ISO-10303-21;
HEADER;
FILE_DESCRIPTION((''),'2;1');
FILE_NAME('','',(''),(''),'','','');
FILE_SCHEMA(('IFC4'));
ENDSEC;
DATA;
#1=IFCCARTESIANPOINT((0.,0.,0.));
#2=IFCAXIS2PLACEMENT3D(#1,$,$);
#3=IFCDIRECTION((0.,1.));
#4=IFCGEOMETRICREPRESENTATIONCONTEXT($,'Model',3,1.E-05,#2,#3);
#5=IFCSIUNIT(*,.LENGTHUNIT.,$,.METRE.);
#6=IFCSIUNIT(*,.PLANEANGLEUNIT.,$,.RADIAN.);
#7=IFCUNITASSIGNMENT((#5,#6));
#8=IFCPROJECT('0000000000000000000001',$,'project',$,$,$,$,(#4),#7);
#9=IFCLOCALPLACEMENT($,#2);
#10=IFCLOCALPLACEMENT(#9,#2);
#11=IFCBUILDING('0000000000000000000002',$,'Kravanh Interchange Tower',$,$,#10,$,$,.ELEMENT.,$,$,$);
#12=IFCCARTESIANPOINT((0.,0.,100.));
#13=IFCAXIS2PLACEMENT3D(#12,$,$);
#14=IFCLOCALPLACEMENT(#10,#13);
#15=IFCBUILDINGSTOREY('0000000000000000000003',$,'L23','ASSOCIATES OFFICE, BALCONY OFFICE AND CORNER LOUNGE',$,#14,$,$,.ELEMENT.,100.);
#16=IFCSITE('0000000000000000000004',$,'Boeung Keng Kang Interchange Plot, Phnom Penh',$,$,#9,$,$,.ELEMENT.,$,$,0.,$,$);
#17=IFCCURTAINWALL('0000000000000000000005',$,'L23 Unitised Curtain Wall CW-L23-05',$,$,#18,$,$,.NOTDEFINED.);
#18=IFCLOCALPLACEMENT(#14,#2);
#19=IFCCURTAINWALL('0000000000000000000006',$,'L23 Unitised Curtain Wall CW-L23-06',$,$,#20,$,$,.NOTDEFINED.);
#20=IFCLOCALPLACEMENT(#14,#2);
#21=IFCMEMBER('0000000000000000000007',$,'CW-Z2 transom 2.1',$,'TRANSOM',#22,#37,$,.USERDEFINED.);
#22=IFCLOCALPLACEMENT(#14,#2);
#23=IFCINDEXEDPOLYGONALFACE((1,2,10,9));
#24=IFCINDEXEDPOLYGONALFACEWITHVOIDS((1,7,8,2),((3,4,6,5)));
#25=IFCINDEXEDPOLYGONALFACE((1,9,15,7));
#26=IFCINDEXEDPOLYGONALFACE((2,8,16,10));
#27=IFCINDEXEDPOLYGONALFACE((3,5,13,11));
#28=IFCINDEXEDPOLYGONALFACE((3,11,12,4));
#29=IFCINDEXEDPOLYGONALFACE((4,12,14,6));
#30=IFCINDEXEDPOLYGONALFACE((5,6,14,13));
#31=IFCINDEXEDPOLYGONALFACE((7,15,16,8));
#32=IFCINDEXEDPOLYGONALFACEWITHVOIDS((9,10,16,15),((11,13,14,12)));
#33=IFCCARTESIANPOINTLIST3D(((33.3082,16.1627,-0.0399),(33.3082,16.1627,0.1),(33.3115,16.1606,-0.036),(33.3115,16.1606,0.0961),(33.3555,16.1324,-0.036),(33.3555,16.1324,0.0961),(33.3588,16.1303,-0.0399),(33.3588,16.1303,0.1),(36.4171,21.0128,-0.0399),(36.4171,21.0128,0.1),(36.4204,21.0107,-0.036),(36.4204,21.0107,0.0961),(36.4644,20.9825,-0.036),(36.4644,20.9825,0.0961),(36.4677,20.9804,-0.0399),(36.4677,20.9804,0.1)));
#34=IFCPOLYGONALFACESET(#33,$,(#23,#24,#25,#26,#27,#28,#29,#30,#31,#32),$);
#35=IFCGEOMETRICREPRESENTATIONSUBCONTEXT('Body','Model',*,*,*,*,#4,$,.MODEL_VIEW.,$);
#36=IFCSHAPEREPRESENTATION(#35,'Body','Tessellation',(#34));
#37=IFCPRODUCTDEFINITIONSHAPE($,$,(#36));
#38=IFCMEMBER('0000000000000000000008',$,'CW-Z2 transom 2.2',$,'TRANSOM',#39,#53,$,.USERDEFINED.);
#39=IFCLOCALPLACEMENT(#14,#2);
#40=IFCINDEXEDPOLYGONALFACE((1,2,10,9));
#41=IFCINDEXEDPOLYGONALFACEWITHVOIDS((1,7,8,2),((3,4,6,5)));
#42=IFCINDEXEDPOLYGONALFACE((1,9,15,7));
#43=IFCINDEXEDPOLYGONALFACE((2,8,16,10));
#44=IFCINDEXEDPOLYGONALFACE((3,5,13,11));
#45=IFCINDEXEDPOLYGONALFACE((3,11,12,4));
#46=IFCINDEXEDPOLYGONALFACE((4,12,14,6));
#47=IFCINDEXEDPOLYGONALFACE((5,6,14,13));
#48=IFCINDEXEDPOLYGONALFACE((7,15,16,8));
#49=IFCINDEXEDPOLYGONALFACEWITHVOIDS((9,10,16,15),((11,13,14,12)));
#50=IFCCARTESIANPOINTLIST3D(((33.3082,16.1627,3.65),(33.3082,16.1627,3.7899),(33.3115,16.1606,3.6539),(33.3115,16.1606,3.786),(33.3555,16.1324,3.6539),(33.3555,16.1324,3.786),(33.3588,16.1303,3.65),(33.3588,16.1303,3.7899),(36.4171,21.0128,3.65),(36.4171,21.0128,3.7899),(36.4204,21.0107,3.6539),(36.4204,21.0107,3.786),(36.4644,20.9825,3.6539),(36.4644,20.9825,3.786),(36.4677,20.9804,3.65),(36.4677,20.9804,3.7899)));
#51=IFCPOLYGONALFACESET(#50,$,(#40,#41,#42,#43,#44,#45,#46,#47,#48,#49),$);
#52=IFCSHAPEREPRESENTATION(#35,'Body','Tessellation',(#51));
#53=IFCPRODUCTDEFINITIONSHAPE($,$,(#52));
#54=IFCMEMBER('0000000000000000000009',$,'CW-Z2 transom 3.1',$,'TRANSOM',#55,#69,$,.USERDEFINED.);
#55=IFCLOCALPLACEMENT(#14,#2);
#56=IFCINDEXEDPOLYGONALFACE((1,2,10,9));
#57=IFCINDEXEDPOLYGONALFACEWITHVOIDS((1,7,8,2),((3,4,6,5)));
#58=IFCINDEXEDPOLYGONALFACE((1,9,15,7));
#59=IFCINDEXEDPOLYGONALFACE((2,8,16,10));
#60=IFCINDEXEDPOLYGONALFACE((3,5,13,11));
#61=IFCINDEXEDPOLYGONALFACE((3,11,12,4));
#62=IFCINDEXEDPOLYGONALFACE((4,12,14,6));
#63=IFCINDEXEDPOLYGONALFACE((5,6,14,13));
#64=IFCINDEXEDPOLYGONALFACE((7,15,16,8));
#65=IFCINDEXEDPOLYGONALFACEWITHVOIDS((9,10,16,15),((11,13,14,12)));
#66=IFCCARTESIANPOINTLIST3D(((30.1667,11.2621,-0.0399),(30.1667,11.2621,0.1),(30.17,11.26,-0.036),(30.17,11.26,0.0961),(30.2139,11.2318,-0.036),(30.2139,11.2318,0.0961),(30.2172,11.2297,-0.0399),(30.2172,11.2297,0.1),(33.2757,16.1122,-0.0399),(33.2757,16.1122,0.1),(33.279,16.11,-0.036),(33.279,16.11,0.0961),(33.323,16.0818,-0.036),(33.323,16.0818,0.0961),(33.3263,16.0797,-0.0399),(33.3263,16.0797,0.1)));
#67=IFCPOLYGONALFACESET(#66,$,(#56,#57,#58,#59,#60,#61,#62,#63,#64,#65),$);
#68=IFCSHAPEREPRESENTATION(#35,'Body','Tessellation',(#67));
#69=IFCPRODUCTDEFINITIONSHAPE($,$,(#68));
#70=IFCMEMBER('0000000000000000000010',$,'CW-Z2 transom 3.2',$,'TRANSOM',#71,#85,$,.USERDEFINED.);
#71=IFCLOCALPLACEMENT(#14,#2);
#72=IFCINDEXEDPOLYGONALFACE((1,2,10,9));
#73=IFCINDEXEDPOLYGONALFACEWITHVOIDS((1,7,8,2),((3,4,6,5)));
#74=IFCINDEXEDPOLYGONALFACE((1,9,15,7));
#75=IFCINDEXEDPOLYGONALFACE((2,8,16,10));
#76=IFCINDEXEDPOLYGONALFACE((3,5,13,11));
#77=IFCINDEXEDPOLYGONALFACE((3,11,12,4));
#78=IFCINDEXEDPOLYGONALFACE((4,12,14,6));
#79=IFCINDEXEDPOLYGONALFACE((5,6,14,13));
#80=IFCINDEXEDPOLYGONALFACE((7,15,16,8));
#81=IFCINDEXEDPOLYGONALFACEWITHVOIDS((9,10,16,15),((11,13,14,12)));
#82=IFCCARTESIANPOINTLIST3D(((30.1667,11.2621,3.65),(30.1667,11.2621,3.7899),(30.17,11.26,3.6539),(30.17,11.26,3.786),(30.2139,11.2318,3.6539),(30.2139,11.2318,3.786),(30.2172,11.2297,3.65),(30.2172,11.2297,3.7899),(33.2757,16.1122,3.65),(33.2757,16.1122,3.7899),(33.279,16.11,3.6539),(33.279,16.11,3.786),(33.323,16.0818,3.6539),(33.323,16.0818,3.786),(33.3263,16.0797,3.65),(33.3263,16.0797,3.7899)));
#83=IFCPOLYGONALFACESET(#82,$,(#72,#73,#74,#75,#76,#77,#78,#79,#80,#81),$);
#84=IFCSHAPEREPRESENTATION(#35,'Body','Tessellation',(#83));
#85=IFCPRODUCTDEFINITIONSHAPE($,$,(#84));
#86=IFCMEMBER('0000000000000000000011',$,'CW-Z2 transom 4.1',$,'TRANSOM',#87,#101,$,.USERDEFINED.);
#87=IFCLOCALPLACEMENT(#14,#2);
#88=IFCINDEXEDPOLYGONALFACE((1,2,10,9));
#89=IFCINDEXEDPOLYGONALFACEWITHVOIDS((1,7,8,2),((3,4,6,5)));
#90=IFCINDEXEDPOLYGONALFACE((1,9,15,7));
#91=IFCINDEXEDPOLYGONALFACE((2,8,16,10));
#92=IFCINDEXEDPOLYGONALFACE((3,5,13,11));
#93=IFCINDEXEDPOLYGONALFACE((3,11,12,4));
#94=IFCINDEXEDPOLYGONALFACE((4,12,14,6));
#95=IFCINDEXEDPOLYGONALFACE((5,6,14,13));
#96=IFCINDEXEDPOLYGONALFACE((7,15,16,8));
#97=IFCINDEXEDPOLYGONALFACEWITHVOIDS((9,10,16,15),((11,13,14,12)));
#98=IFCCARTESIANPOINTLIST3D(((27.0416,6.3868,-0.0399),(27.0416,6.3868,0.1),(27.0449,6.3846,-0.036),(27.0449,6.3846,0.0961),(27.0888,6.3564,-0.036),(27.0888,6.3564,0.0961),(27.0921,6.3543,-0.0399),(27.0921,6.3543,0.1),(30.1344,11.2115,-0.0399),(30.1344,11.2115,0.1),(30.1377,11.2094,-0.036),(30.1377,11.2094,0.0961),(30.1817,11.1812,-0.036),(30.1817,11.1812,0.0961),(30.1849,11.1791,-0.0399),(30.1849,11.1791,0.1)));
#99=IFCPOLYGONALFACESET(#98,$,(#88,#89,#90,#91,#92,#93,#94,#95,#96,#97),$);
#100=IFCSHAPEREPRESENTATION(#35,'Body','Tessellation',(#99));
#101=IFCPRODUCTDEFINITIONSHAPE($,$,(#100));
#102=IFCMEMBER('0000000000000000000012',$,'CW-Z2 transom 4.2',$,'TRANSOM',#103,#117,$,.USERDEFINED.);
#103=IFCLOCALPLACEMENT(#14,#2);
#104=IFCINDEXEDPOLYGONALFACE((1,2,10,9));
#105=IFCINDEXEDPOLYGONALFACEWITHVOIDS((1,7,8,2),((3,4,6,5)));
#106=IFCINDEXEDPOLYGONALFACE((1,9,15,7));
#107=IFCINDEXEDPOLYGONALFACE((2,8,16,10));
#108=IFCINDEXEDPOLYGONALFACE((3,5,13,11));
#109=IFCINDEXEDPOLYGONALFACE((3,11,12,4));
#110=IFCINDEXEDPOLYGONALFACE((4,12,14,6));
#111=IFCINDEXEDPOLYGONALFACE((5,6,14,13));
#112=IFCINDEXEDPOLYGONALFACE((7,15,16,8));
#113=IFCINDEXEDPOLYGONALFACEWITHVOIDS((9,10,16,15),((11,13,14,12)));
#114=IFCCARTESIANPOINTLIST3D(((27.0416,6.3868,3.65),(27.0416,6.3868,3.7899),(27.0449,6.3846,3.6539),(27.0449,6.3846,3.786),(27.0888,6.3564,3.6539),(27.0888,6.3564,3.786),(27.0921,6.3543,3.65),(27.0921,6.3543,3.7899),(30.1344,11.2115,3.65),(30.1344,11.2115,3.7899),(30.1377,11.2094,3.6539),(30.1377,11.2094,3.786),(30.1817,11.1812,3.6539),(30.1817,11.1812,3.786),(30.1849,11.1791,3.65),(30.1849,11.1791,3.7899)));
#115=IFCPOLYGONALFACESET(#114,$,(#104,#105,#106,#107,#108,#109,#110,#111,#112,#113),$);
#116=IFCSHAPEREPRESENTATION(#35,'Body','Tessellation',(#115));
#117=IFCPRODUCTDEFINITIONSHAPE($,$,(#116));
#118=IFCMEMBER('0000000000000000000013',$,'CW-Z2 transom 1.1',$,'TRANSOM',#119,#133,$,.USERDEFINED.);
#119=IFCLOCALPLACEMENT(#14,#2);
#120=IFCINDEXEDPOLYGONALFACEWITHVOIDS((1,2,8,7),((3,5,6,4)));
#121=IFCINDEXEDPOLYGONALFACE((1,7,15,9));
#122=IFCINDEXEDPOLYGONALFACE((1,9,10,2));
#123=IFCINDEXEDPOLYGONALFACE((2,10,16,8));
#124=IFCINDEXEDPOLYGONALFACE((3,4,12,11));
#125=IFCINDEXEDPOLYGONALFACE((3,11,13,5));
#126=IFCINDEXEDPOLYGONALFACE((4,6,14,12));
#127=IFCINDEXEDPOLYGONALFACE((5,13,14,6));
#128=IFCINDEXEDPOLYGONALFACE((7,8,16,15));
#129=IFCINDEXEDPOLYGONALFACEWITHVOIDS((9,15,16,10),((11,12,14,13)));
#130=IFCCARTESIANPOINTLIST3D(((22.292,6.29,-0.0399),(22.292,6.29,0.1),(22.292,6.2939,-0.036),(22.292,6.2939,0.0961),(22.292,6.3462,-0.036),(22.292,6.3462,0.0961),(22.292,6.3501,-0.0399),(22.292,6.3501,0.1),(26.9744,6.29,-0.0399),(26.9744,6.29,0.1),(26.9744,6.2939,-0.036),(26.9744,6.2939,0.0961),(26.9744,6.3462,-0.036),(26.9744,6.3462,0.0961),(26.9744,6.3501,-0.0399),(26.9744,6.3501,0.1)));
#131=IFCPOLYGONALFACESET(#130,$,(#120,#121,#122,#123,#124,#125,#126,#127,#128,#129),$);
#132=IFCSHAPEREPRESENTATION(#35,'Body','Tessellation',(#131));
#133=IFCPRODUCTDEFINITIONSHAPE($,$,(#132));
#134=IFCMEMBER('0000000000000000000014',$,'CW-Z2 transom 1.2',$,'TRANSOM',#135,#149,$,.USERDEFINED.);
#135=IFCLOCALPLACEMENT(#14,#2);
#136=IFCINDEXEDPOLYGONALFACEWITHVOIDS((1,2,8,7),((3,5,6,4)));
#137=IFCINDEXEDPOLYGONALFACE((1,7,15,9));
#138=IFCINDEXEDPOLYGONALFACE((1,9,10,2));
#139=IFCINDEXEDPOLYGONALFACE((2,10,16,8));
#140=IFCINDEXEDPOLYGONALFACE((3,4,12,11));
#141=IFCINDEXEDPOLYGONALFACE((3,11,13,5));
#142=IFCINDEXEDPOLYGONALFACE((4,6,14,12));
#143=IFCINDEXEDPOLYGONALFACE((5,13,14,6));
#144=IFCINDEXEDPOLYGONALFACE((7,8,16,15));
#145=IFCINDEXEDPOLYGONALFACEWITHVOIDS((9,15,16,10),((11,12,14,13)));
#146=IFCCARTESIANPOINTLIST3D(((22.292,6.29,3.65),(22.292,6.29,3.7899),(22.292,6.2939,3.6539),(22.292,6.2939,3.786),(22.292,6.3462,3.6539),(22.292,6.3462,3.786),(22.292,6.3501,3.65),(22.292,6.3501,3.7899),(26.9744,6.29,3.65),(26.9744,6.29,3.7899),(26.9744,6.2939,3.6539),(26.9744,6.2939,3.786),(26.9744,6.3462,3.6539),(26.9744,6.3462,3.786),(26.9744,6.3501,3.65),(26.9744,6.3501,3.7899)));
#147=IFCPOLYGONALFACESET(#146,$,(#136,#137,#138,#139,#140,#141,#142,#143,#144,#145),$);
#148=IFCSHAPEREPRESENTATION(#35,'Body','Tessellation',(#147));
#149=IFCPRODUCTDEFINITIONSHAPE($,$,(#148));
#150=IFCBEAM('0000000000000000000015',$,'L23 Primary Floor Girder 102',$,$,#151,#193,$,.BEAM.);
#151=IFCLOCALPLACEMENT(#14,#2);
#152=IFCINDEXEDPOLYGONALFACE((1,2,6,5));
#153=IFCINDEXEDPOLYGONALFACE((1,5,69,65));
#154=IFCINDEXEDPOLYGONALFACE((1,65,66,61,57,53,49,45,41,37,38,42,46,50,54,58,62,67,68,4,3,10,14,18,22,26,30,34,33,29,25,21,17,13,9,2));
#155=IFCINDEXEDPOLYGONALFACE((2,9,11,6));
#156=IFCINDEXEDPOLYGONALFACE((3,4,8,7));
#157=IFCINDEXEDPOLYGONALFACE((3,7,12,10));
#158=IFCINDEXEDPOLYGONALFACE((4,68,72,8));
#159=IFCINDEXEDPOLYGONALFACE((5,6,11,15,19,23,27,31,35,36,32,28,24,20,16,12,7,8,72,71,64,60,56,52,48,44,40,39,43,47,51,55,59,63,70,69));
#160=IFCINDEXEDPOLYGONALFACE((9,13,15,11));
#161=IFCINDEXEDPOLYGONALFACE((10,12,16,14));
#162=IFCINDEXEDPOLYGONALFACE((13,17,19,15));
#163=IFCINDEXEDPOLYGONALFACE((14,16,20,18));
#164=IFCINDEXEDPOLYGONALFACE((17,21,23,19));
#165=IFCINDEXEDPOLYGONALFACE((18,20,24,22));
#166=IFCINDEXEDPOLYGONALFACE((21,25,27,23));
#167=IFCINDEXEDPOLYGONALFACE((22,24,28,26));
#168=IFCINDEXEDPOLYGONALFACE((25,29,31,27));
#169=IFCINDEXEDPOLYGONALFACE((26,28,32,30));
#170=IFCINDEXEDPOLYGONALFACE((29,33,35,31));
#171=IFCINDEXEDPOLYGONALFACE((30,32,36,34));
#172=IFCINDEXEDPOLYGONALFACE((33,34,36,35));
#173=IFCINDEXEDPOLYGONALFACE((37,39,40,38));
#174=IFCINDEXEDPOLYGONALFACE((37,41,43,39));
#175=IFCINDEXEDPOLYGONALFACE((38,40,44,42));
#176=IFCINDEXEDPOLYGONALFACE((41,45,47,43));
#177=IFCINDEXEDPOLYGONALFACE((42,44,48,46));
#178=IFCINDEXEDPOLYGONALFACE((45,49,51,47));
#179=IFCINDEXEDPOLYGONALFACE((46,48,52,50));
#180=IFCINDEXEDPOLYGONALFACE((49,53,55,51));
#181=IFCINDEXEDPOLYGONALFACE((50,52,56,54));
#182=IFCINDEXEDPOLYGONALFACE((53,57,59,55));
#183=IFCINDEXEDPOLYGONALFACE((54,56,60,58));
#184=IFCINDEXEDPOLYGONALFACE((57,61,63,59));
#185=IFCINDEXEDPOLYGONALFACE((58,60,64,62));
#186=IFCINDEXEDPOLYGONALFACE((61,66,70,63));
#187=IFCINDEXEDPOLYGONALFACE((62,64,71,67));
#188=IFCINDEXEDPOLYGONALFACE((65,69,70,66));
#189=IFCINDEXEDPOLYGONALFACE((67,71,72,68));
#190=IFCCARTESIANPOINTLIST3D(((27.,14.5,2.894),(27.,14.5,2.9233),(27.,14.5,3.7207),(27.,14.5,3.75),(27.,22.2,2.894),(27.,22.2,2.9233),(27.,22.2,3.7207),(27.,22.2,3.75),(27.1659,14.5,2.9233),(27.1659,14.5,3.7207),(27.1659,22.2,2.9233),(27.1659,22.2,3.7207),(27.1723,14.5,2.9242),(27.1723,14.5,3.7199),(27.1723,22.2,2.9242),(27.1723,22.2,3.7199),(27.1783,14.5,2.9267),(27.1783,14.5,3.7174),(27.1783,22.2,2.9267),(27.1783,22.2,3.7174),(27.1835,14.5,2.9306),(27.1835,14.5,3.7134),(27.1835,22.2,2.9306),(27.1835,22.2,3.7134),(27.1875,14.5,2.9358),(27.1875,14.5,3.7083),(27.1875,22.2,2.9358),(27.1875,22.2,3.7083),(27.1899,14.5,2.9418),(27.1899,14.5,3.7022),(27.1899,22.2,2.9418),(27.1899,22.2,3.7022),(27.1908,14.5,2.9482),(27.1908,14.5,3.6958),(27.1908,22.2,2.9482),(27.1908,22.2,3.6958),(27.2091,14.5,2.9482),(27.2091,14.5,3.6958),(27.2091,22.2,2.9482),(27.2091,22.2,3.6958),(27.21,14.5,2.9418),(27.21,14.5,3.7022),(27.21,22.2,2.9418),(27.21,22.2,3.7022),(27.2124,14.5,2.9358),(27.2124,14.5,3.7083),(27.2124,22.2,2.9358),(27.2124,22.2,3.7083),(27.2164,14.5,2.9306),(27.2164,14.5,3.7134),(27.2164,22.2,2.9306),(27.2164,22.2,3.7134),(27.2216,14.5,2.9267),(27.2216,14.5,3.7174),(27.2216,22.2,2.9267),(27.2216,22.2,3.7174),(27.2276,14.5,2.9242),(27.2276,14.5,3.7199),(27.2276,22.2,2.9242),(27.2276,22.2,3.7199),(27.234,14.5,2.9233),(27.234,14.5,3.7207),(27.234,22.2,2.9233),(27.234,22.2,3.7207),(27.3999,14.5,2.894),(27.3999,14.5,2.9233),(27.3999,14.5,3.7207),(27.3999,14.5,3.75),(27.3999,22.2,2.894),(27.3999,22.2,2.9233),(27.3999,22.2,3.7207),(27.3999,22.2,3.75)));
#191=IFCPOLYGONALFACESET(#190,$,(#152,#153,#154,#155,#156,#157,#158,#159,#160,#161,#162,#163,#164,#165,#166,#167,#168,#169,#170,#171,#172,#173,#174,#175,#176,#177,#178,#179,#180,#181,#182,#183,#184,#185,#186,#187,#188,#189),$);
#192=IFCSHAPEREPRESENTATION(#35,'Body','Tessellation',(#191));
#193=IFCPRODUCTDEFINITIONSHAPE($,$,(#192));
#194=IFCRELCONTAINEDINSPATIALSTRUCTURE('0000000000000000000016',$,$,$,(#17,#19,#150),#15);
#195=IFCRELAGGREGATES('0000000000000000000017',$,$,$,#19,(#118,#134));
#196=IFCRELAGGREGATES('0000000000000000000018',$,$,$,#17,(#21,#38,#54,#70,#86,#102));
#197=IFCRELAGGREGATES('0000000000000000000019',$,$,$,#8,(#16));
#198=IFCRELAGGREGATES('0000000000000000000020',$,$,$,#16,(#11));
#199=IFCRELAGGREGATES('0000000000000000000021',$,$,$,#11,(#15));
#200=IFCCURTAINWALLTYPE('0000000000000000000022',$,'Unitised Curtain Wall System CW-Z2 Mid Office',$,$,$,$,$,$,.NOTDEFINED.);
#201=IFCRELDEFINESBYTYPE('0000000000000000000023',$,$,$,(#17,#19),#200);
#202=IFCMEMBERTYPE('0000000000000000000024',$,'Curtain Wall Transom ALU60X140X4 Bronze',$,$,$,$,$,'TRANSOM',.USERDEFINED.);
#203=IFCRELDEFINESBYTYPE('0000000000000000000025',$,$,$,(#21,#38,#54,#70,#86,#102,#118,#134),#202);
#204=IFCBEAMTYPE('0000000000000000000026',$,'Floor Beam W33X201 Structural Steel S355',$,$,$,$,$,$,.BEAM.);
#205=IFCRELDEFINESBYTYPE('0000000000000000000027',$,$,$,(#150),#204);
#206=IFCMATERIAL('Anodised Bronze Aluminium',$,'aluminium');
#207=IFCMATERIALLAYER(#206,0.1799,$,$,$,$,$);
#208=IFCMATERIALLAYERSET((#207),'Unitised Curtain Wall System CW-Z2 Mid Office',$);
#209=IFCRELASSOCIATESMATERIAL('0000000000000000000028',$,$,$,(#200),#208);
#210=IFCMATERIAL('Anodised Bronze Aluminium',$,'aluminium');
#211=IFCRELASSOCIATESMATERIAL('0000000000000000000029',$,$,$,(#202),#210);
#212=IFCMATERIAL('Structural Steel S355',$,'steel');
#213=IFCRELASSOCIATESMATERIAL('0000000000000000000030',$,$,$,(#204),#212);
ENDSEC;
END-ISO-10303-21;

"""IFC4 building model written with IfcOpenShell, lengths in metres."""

from ifc_helpers import new_model, si_unit, direction, frame, origin, origin_2d, place, context, subcontext, project, spatial, hollow_rectangle, i_section, extrude, material, layer, layer_set, material_profile, profile_set, type_object, element, aggregate, save


model = new_model("IFC4")

# Units and contexts
model_context = context("Model", 3, precision=1e-05, world=origin(), true_north=direction((0.0, 1.0)))
body_context = subcontext(model_context, "Body", "Model", "MODEL_VIEW")
ifc_project = project(units=[si_unit("LENGTHUNIT", "METRE"), si_unit("PLANEANGLEUNIT", "RADIAN")], contexts=[model_context])

# Site, building, storey
site_placement = place(None, origin())
site = spatial("IfcSite", under=ifc_project, at=site_placement, Name="Boeung Keng Kang Interchange Plot, Phnom Penh", CompositionType="ELEMENT", RefElevation=0.0)
building_placement = place(site_placement, origin())
building = spatial("IfcBuilding", under=site, at=building_placement, Name="Kravanh Interchange Tower", CompositionType="ELEMENT")
storey_placement = place(building_placement, frame((0.0, 0.0, 100.0)))
storey = spatial("IfcBuildingStorey", under=building, at=storey_placement, Name="L23", Description="ASSOCIATES OFFICE, BALCONY OFFICE AND CORNER LOUNGE", CompositionType="ELEMENT", Elevation=100.0)

# Curtain wall
ifc_material_1 = material(Name="Anodised Bronze Aluminium", Category="aluminium")
ifc_layer_1 = layer(ifc_material_1, 0.1799)
ifc_layer_set_1 = layer_set([ifc_layer_1], Name="Unitised Curtain Wall System CW-Z2 Mid Office")
curtain_wall_type = type_object("IfcCurtainWallType", Name="Unitised Curtain Wall System CW-Z2 Mid Office", PredefinedType="NOTDEFINED", material=ifc_layer_set_1)
curtain_wall_1_placement = place(storey_placement, origin())
curtain_wall_1 = element("IfcCurtainWall", 1, at=curtain_wall_1_placement, inside=storey, type_object=curtain_wall_type, Name="L23 Unitised Curtain Wall CW-L23-05", PredefinedType="NOTDEFINED")

# Curtain wall
curtain_wall_2_placement = place(storey_placement, origin())
curtain_wall_2 = element("IfcCurtainWall", 2, at=curtain_wall_2_placement, inside=storey, type_object=curtain_wall_type, Name="L23 Unitised Curtain Wall CW-L23-06", PredefinedType="NOTDEFINED")

# Members
ifc_material_2 = material(Name="Anodised Bronze Aluminium", Category="aluminium")
ifc_material_profile_1 = material_profile(ifc_material_2, hollow_rectangle(XDim=0.0601, YDim=0.1399, WallThickness=0.0039, at=origin_2d()), Name="ALU60X140X4")
ifc_profile_set_1 = profile_set([ifc_material_profile_1], Name="Anodised Bronze Aluminium")
member_type_1 = type_object("IfcMemberType", Name="Curtain Wall Transom ALU60X140X4 Bronze", ElementType="TRANSOM", PredefinedType="USERDEFINED", material=ifc_profile_set_1)
member_1_placement = place(storey_placement, frame((36.4424, 20.9966, 0.03), z_axis=(-0.539648, -0.841891, 0.0), x_axis=(0.841891, -0.539648, 0.0)))
member_1 = element("IfcMember", 3, at=member_1_placement, type_object=member_type_1, Name="CW-Z2 transom 2.1", ObjectType="TRANSOM", PredefinedType="USERDEFINED", context=body_context, shape_type="SweptSolid", body=[
    extrude(hollow_rectangle(XDim=0.0601, YDim=0.1399, WallThickness=0.0039, at=origin_2d()), origin(), (0.0, 0.0, 1.0), 5.761),
])
member_2_placement = place(storey_placement, frame((36.4424, 20.9966, 3.72), z_axis=(-0.539648, -0.841891, 0.0), x_axis=(0.841891, -0.539648, 0.0)))
member_2 = element("IfcMember", 4, at=member_2_placement, type_object=member_type_1, Name="CW-Z2 transom 2.2", ObjectType="TRANSOM", PredefinedType="USERDEFINED", context=body_context, shape_type="SweptSolid", body=[
    extrude(hollow_rectangle(XDim=0.0601, YDim=0.1399, WallThickness=0.0039, at=origin_2d()), origin(), (0.0, 0.0, 1.0), 5.761),
])
member_3_placement = place(storey_placement, frame((33.301, 16.0959, 0.03), z_axis=(-0.539678, -0.841872, 0.0), x_axis=(0.841872, -0.539678, 0.0)))
member_3 = element("IfcMember", 5, at=member_3_placement, type_object=member_type_1, Name="CW-Z2 transom 3.1", ObjectType="TRANSOM", PredefinedType="USERDEFINED", context=body_context, shape_type="SweptSolid", body=[
    extrude(hollow_rectangle(XDim=0.0601, YDim=0.1399, WallThickness=0.0039, at=origin_2d()), origin(), (0.0, 0.0, 1.0), 5.761),
])
member_4_placement = place(storey_placement, frame((33.301, 16.0959, 3.72), z_axis=(-0.539678, -0.841872, 0.0), x_axis=(0.841872, -0.539678, 0.0)))
member_4 = element("IfcMember", 6, at=member_4_placement, type_object=member_type_1, Name="CW-Z2 transom 3.2", ObjectType="TRANSOM", PredefinedType="USERDEFINED", context=body_context, shape_type="SweptSolid", body=[
    extrude(hollow_rectangle(XDim=0.0601, YDim=0.1399, WallThickness=0.0039, at=origin_2d()), origin(), (0.0, 0.0, 1.0), 5.761),
])
member_5_placement = place(storey_placement, frame((30.1597, 11.1953, 0.03), z_axis=(-0.539668, -0.841878, 0.0), x_axis=(0.841878, -0.539668, 0.0)))
member_5 = element("IfcMember", 7, at=member_5_placement, type_object=member_type_1, Name="CW-Z2 transom 4.1", ObjectType="TRANSOM", PredefinedType="USERDEFINED", context=body_context, shape_type="SweptSolid", body=[
    extrude(hollow_rectangle(XDim=0.0601, YDim=0.1399, WallThickness=0.0039, at=origin_2d()), origin(), (0.0, 0.0, 1.0), 5.731),
])
member_6_placement = place(storey_placement, frame((30.1597, 11.1953, 3.72), z_axis=(-0.539668, -0.841878, 0.0), x_axis=(0.841878, -0.539668, 0.0)))
member_6 = element("IfcMember", 8, at=member_6_placement, type_object=member_type_1, Name="CW-Z2 transom 4.2", ObjectType="TRANSOM", PredefinedType="USERDEFINED", context=body_context, shape_type="SweptSolid", body=[
    extrude(hollow_rectangle(XDim=0.0601, YDim=0.1399, WallThickness=0.0039, at=origin_2d()), origin(), (0.0, 0.0, 1.0), 5.731),
])
member_7_placement = place(storey_placement, frame((26.9744, 6.3201, 0.03), z_axis=(-1.0, 0.0, 0.0), x_axis=(0.0, -1.0, 0.0)))
member_7 = element("IfcMember", 9, at=member_7_placement, type_object=member_type_1, Name="CW-Z2 transom 1.1", ObjectType="TRANSOM", PredefinedType="USERDEFINED", context=body_context, shape_type="SweptSolid", body=[
    extrude(hollow_rectangle(XDim=0.0601, YDim=0.1399, WallThickness=0.0039, at=origin_2d()), origin(), (0.0, 0.0, 1.0), 4.6824),
])
member_8_placement = place(storey_placement, frame((26.9744, 6.3201, 3.72), z_axis=(-1.0, 0.0, 0.0), x_axis=(0.0, -1.0, 0.0)))
member_8 = element("IfcMember", 10, at=member_8_placement, type_object=member_type_1, Name="CW-Z2 transom 1.2", ObjectType="TRANSOM", PredefinedType="USERDEFINED", context=body_context, shape_type="SweptSolid", body=[
    extrude(hollow_rectangle(XDim=0.0601, YDim=0.1399, WallThickness=0.0039, at=origin_2d()), origin(), (0.0, 0.0, 1.0), 4.6824),
])
aggregate(curtain_wall_2, [member_7, member_8])

# Beam
ifc_material_3 = material(Name="Structural Steel S355", Category="steel")
ifc_material_profile_2 = material_profile(ifc_material_3, i_section(OverallWidth=0.3999, OverallDepth=0.856, WebThickness=0.0183, FlangeThickness=0.0293, FilletRadius=0.0249, at=origin_2d()), Name="W33X201")
ifc_profile_set_2 = profile_set([ifc_material_profile_2], Name="Structural Steel S355")
beam_type = type_object("IfcBeamType", Name="Floor Beam W33X201 Structural Steel S355", PredefinedType="BEAM", material=ifc_profile_set_2)
beam_placement = place(storey_placement, frame((27.2, 14.5, 3.322), z_axis=(0.0, 1.0, 0.0), x_axis=(-1.0, 0.0, 0.0)))
element("IfcBeam", 11, at=beam_placement, inside=storey, type_object=beam_type, Name="L23 Primary Floor Girder 102", PredefinedType="BEAM", context=body_context, shape_type="SweptSolid", body=[
    extrude(i_section(OverallWidth=0.3999, OverallDepth=0.856, WebThickness=0.0183, FlangeThickness=0.0293, FilletRadius=0.0249, at=origin_2d()), origin(), (0.0, 0.0, 1.0), 7.7),
])

aggregate(curtain_wall_1, [member_1, member_2, member_3, member_4, member_5, member_6])

save(model, "model.ifc")
